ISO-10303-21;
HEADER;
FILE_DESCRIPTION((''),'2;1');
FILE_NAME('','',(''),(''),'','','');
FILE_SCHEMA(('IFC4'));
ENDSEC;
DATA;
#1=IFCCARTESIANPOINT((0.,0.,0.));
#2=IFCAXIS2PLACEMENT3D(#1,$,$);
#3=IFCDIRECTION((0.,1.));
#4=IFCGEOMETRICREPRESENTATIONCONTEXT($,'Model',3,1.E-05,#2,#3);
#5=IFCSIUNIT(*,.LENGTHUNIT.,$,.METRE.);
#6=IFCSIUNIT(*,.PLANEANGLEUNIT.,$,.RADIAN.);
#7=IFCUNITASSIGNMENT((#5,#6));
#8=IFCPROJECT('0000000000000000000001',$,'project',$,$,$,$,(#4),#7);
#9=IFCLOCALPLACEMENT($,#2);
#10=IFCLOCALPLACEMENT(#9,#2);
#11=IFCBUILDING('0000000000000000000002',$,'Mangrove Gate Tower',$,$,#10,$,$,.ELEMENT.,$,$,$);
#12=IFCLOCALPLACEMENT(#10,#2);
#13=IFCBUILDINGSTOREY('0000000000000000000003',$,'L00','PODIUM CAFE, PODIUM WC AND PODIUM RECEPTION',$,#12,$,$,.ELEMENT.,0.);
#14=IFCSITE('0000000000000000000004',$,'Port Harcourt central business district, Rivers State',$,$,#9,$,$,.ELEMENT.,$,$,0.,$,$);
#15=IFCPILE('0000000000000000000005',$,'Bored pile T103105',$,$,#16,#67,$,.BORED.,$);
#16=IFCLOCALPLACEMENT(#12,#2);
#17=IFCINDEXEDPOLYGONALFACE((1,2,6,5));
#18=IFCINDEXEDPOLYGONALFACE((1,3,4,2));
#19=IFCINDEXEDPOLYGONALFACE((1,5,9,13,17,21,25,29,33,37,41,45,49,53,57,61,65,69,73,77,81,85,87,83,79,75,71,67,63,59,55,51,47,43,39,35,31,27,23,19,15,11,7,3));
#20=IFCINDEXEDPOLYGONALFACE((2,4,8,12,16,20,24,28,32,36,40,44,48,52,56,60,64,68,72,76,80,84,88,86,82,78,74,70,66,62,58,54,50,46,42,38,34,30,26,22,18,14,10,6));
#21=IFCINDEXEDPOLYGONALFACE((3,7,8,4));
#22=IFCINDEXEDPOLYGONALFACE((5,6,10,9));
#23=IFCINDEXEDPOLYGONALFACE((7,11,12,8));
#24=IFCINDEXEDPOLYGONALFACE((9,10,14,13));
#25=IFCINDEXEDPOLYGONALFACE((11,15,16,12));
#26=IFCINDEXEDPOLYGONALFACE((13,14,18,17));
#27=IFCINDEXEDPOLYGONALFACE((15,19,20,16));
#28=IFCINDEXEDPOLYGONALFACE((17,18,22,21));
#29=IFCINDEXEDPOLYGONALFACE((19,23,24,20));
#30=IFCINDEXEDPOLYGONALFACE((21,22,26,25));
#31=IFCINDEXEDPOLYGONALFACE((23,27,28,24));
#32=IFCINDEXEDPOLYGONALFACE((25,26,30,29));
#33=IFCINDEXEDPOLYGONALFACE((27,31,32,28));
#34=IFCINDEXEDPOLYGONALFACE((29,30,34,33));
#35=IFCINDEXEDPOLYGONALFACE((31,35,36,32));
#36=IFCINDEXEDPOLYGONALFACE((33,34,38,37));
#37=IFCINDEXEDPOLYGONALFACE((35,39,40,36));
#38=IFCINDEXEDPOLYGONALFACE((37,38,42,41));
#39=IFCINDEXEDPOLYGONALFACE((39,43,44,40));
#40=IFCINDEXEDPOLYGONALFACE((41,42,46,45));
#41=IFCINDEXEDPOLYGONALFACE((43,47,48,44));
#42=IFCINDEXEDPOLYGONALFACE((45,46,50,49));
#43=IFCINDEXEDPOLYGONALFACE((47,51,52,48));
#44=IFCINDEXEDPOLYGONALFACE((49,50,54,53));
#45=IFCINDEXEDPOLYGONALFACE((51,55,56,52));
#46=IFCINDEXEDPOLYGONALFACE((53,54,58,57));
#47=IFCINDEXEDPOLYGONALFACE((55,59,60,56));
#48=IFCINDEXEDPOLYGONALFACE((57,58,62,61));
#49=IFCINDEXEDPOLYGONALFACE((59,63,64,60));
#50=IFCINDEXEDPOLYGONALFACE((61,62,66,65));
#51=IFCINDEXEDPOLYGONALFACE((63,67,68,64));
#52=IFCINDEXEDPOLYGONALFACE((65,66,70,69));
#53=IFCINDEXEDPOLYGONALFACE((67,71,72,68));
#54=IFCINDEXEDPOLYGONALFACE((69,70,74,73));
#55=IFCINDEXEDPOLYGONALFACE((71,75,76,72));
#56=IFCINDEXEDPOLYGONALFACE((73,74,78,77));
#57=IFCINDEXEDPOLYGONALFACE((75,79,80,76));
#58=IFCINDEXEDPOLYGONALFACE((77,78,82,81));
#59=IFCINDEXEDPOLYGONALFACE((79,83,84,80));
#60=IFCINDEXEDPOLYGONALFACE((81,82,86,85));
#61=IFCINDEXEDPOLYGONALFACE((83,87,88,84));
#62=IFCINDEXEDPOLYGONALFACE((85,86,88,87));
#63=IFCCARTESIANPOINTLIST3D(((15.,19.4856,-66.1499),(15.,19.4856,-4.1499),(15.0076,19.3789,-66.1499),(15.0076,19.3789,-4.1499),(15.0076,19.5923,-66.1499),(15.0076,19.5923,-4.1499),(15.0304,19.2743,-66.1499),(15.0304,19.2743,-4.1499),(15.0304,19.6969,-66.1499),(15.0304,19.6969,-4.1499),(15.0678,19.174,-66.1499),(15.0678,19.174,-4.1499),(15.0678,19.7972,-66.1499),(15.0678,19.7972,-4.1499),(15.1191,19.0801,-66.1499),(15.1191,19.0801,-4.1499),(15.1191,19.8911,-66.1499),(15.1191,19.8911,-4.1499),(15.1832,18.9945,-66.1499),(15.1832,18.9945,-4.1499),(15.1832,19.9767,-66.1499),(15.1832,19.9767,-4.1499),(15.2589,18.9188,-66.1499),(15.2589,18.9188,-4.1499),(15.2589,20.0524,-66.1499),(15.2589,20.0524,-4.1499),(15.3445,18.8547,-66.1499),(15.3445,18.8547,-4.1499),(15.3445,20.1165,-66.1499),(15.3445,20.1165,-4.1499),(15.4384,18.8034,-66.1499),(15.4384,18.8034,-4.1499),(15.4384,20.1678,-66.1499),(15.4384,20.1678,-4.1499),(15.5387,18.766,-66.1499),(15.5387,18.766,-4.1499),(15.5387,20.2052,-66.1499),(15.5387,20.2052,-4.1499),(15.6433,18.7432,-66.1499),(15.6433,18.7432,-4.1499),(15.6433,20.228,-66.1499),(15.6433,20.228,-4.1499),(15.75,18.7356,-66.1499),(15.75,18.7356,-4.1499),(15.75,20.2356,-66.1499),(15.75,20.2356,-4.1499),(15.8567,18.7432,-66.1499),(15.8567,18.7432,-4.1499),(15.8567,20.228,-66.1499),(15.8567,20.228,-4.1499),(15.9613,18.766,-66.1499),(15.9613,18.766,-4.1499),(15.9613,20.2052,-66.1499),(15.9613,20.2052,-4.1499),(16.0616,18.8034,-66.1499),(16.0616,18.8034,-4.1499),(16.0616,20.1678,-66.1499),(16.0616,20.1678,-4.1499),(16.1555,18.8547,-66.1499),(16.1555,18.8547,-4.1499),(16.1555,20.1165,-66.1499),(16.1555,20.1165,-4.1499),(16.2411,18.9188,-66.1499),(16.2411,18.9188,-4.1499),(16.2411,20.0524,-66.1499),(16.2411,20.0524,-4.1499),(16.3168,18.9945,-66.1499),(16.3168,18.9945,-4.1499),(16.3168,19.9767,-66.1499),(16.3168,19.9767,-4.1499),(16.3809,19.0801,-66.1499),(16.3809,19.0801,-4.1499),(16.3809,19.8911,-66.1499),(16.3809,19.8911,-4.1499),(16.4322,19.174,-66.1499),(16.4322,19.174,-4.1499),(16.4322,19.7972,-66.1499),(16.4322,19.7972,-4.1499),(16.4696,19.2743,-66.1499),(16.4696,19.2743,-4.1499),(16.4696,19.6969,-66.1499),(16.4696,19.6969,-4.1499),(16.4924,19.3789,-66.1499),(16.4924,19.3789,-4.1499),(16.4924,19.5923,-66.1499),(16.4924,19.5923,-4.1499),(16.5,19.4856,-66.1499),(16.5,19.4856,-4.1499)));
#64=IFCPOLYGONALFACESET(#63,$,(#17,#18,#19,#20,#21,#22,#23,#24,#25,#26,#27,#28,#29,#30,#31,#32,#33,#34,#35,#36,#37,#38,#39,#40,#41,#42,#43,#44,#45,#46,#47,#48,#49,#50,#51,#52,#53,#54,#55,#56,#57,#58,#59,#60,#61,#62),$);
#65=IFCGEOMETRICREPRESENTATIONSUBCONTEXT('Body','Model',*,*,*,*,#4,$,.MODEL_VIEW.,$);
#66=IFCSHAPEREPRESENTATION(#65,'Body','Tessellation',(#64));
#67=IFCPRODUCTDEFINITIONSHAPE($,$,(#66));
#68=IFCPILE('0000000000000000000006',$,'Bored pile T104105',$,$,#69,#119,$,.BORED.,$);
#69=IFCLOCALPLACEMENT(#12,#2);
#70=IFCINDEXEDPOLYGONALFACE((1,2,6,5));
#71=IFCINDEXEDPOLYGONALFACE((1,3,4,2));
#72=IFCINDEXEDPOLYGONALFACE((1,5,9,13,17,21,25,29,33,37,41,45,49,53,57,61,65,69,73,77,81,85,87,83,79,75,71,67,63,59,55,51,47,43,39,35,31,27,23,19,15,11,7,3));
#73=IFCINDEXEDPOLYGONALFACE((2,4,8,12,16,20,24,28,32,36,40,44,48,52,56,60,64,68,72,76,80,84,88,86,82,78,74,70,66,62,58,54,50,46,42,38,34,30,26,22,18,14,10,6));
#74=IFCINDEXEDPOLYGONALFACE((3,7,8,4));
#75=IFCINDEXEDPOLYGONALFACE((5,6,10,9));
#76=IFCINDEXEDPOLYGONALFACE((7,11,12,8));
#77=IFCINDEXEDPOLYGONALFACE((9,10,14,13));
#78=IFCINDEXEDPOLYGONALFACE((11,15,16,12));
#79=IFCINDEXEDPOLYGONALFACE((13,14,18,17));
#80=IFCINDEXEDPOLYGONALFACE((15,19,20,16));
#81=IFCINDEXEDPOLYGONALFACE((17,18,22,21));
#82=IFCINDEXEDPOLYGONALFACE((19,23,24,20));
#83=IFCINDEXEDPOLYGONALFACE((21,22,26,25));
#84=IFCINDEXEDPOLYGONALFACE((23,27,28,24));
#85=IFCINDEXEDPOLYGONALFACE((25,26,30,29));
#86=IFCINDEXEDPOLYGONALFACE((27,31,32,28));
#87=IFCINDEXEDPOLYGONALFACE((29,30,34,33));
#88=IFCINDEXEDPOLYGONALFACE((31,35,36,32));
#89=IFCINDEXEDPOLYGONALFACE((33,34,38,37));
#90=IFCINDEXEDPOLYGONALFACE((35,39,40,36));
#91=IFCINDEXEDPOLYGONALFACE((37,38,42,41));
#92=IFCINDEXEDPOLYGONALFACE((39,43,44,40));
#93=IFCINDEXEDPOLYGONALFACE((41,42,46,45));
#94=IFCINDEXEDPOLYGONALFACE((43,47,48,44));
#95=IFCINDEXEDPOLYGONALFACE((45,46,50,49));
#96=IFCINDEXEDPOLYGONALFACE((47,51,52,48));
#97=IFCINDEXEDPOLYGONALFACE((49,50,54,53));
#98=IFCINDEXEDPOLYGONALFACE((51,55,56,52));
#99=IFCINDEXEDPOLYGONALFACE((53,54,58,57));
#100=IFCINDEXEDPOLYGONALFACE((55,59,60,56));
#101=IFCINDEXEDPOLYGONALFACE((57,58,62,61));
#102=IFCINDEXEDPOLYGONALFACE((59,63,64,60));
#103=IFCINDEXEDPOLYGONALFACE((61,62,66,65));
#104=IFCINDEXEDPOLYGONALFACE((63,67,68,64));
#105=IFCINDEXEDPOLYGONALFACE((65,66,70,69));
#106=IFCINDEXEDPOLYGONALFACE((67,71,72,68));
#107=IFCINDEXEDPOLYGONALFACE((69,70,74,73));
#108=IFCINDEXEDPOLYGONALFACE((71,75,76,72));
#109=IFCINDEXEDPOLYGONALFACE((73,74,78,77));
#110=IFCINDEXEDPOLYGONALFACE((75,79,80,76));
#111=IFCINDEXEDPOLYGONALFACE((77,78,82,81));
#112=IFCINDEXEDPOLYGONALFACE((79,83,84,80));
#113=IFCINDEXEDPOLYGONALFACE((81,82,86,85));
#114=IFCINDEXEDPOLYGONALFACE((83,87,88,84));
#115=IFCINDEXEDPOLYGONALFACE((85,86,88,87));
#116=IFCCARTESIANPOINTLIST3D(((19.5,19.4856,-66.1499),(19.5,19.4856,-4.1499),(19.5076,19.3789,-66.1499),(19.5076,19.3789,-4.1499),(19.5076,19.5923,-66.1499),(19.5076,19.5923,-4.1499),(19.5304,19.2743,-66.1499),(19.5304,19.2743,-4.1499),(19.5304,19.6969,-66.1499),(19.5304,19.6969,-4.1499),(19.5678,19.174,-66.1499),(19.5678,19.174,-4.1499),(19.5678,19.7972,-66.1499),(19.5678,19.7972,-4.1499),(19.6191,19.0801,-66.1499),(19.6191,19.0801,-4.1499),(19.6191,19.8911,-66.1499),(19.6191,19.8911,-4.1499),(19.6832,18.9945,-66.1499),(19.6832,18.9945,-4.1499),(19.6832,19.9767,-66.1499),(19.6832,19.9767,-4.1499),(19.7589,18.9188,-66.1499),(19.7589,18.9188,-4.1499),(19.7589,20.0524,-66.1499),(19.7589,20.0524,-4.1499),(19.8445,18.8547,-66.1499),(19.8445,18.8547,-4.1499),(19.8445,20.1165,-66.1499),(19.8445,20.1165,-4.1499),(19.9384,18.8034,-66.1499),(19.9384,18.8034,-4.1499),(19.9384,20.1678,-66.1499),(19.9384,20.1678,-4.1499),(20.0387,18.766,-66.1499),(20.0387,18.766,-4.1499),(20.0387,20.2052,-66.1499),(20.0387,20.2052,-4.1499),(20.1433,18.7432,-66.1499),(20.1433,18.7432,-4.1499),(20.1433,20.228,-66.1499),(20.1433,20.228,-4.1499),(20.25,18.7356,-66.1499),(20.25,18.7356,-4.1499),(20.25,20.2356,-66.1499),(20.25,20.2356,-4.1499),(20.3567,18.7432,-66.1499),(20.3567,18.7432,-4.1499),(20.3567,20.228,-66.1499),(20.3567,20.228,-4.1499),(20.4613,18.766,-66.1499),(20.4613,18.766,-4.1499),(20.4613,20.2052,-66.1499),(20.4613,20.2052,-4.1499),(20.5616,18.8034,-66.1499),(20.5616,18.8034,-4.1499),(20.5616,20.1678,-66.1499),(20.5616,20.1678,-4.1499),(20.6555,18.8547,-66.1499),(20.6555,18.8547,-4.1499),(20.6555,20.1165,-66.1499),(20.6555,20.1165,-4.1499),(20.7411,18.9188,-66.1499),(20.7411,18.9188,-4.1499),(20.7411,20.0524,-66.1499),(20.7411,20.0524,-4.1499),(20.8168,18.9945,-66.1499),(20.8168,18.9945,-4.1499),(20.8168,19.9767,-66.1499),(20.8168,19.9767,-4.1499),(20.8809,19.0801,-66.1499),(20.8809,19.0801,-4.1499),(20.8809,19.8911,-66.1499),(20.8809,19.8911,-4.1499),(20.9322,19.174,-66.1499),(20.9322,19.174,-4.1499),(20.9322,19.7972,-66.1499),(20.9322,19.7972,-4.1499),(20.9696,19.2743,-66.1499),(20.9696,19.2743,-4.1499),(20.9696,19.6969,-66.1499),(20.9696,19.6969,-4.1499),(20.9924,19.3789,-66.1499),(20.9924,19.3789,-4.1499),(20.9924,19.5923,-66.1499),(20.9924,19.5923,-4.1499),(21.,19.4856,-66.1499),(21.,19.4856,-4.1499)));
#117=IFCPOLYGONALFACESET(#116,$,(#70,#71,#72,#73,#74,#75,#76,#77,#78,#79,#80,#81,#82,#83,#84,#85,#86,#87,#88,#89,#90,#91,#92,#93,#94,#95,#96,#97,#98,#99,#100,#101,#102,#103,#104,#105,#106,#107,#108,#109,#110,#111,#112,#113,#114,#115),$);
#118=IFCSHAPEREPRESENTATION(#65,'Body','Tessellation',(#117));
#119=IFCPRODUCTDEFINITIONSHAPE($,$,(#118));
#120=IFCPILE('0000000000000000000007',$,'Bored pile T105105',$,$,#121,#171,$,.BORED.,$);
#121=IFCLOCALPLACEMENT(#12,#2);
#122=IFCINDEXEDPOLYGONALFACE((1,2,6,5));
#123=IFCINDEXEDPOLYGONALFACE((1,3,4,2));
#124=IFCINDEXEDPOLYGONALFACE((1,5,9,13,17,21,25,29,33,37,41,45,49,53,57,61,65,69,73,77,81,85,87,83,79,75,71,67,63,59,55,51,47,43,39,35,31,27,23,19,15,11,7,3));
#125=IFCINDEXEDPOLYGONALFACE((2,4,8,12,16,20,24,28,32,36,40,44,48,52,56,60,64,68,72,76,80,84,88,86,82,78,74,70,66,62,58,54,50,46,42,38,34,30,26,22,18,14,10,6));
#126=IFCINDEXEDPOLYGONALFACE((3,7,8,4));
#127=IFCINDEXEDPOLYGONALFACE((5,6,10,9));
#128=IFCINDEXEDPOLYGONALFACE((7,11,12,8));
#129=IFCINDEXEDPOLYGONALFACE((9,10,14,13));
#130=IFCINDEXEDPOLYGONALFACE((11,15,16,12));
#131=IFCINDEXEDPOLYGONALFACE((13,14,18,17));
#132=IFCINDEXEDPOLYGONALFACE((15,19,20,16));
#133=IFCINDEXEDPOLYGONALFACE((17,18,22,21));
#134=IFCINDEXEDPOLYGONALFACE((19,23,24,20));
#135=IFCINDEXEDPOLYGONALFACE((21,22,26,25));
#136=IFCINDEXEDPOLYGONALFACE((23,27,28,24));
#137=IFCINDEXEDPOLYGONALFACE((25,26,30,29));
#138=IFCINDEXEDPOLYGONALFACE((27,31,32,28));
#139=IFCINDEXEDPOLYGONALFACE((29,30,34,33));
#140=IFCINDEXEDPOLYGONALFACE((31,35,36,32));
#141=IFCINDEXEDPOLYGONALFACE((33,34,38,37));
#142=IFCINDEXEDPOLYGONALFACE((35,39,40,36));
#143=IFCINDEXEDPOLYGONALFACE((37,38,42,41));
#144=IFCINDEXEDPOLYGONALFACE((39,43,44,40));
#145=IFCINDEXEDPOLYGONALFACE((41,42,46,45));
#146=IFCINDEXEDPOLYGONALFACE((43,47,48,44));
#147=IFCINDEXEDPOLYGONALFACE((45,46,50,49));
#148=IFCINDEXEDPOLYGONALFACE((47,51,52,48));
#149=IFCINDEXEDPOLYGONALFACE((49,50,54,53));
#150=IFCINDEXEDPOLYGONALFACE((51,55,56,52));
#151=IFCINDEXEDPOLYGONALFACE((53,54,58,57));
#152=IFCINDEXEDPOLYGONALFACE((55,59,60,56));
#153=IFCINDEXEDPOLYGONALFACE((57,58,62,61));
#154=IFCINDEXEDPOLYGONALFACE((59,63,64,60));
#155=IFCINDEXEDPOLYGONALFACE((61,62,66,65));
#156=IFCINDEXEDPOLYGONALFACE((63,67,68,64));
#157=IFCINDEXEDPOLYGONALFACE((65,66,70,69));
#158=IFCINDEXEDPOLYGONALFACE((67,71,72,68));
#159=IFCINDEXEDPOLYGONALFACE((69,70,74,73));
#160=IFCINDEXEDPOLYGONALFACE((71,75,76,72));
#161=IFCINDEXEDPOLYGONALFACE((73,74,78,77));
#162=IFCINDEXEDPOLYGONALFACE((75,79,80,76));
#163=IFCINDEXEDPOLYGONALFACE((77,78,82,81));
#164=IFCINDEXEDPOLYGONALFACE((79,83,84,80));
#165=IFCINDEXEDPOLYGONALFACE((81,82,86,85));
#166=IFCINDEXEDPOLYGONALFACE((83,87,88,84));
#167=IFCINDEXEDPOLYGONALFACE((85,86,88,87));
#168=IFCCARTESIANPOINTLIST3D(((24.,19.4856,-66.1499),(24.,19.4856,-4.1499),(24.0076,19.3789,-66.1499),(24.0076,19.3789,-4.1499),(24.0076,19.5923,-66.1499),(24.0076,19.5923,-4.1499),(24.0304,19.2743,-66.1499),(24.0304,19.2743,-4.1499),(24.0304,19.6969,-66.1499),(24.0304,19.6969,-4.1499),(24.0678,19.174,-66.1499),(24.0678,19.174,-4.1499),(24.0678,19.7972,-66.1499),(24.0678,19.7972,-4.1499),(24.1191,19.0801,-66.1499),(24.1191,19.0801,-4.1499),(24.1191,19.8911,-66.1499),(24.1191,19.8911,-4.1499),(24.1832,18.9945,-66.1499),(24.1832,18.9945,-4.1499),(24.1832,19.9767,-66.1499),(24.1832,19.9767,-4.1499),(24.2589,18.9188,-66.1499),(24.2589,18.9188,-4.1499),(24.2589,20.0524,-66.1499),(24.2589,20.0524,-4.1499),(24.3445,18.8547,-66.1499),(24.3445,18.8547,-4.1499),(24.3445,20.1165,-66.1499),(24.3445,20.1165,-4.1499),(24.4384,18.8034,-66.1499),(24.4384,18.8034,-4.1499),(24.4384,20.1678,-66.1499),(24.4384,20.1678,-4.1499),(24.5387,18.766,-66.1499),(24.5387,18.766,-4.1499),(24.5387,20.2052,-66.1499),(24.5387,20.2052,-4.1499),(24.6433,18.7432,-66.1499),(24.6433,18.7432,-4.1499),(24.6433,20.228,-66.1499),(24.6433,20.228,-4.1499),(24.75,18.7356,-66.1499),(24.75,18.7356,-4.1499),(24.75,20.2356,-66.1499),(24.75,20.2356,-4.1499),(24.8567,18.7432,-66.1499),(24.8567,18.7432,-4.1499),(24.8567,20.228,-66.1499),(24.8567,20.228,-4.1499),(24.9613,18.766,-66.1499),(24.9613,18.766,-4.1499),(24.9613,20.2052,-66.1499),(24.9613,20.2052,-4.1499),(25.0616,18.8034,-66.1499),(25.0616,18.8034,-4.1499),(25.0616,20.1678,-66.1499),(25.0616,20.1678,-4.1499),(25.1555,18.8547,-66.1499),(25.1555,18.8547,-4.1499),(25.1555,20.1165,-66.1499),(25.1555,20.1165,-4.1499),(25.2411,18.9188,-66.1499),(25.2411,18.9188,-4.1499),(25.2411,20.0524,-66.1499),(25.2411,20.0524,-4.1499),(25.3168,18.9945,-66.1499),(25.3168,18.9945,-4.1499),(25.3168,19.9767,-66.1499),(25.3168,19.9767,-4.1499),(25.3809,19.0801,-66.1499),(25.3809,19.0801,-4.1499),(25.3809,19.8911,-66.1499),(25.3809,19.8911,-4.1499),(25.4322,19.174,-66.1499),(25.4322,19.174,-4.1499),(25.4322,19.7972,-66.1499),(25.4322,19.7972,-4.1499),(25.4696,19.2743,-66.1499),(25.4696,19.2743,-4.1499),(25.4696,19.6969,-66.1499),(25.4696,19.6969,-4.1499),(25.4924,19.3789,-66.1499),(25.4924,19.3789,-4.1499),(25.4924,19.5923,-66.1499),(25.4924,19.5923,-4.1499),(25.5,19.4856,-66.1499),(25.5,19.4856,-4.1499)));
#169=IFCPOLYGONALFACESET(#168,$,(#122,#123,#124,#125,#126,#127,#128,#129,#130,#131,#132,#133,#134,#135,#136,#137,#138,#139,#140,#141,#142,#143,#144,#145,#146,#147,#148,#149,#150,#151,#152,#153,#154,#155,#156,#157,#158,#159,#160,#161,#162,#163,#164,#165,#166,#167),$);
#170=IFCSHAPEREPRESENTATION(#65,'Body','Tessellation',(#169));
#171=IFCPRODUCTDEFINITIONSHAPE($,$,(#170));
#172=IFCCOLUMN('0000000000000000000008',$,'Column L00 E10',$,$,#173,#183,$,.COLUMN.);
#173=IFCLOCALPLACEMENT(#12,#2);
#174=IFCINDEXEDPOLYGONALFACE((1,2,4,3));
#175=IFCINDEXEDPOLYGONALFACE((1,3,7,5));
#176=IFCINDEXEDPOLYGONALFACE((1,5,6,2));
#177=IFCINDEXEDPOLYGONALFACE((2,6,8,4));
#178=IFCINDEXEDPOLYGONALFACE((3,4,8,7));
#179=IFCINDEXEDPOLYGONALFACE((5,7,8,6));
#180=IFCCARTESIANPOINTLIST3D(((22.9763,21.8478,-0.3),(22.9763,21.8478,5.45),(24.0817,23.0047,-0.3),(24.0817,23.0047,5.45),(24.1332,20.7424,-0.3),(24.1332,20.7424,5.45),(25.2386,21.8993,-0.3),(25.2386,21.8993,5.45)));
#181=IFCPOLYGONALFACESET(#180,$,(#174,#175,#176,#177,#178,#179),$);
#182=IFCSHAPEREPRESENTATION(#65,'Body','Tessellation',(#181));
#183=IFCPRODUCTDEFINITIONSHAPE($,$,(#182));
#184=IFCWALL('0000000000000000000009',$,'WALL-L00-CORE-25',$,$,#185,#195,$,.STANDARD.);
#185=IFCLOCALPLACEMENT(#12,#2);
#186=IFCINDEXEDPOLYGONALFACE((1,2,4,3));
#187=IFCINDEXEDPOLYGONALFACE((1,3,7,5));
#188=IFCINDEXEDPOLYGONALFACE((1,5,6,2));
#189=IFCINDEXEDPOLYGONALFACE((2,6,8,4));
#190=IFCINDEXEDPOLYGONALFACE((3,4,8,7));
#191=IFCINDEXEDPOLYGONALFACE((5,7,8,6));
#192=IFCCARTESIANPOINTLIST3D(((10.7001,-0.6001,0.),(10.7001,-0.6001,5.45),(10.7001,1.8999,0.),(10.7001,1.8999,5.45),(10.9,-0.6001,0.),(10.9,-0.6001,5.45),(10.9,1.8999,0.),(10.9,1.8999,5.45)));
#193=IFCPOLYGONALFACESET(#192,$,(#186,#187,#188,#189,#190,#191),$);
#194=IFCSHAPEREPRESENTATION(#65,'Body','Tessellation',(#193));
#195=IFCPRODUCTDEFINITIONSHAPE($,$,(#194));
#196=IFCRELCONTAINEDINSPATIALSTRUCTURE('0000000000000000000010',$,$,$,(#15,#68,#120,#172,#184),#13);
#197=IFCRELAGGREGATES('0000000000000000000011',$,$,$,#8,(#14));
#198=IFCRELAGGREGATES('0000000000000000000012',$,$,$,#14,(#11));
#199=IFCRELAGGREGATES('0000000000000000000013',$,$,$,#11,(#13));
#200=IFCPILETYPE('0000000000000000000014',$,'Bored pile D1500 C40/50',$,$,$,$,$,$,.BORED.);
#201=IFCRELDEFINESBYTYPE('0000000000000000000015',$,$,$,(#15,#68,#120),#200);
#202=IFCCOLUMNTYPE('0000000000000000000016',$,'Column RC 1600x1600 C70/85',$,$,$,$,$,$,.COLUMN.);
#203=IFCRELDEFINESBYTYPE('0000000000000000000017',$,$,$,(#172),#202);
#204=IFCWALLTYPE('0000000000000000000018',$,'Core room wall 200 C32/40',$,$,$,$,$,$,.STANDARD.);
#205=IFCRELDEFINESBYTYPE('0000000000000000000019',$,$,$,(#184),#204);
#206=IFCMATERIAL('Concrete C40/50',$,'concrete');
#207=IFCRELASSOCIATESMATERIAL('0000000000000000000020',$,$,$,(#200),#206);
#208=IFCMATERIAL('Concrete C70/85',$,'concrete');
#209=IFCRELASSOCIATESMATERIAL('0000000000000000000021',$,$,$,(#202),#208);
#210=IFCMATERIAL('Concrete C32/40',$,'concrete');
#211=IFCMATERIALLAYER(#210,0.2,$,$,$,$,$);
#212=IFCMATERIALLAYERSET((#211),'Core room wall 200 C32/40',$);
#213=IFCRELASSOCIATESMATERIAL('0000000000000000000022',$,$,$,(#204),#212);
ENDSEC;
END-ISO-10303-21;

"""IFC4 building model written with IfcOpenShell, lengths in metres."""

from ifc_helpers import new_model, si_unit, direction, frame, frame_2d, origin, origin_2d, place, context, subcontext, project, spatial, rectangle, circle, extrude, material, layer, layer_set, material_profile, profile_set, type_object, element, save


model = new_model("IFC4")

# Units and contexts
model_context = context("Model", 3, precision=1e-05, world=origin(), true_north=direction((0.0, 1.0)))
body_context = subcontext(model_context, "Body", "Model", "MODEL_VIEW")
ifc_project = project(units=[si_unit("LENGTHUNIT", "METRE"), si_unit("PLANEANGLEUNIT", "RADIAN")], contexts=[model_context])

# Site, building, storey
site_placement = place(None, origin())
site = spatial("IfcSite", under=ifc_project, at=site_placement, Name="Port Harcourt central business district, Rivers State", CompositionType="ELEMENT", RefElevation=0.0)
building_placement = place(site_placement, origin())
building = spatial("IfcBuilding", under=site, at=building_placement, Name="Mangrove Gate Tower", CompositionType="ELEMENT")
storey_placement = place(building_placement, origin())
storey = spatial("IfcBuildingStorey", under=building, at=storey_placement, Name="L00", Description="PODIUM CAFE, PODIUM WC AND PODIUM RECEPTION", CompositionType="ELEMENT", Elevation=0.0)

# Piles
ifc_material_1 = material(Name="Concrete C40/50", Category="concrete")
ifc_material_profile_1 = material_profile(ifc_material_1, circle(Radius=0.75, at=origin_2d()))
ifc_profile_set_1 = profile_set([ifc_material_profile_1], Name="Concrete C40/50")
pile_type = type_object("IfcPileType", Name="Bored pile D1500 C40/50", PredefinedType="BORED", material=ifc_profile_set_1)
for number, where, z_axis, x_axis, name in (
    (1, (15.75, 19.4856, -4.1499), (0.0, 0.0, -1.0), (1.0, 0.0, 0.0), "Bored pile T103105"),
    (2, (20.25, 19.4856, -4.1499), (0.0, 0.0, -1.0), (1.0, 0.0, 0.0), "Bored pile T104105"),
    (3, (24.75, 19.4856, -4.1499), (0.0, 0.0, -1.0), (1.0, 0.0, 0.0), "Bored pile T105105"),
):
    element("IfcPile", number, at=place(storey_placement, frame(where, z_axis=z_axis, x_axis=x_axis)), inside=storey, type_object=pile_type, Name=name, PredefinedType="BORED", context=body_context, shape_type="SweptSolid", body=[
        extrude(circle(Radius=0.75, at=origin_2d()), origin(), (0.0, 0.0, 1.0), 62.0),
    ])

# Column
ifc_material_2 = material(Name="Concrete C70/85", Category="concrete")
ifc_material_profile_2 = material_profile(ifc_material_2, rectangle(XDim=1.6001, YDim=1.6001, at=origin_2d()))
ifc_profile_set_2 = profile_set([ifc_material_profile_2], Name="Concrete C70/85")
column_type = type_object("IfcColumnType", Name="Column RC 1600x1600 C70/85", PredefinedType="COLUMN", material=ifc_profile_set_2)
column_placement = place(storey_placement, frame((24.1074, 21.8735, -0.3), z_axis=(0.0, 0.0, 1.0), x_axis=(-0.72301, 0.690837, 0.0)))
element("IfcColumn", 4, at=column_placement, inside=storey, type_object=column_type, Name="Column L00 E10", PredefinedType="COLUMN", context=body_context, shape_type="SweptSolid", body=[
    extrude(rectangle(XDim=1.6001, YDim=1.6001, at=origin_2d()), origin(), (0.0, 0.0, 1.0), 5.75),
])

# Wall
ifc_material_3 = material(Name="Concrete C32/40", Category="concrete")
ifc_layer_1 = layer(ifc_material_3, 0.2)
ifc_layer_set_1 = layer_set([ifc_layer_1], Name="Core room wall 200 C32/40")
wall_type_1 = type_object("IfcWallType", Name="Core room wall 200 C32/40", PredefinedType="STANDARD", material=ifc_layer_set_1)
wall_1_placement = place(storey_placement, frame((10.8, -0.6001, 0.0), z_axis=(0.0, 0.0, 1.0), x_axis=(0.0, 1.0, 0.0)))
element("IfcWall", 5, at=wall_1_placement, inside=storey, type_object=wall_type_1, Name="WALL-L00-CORE-25", PredefinedType="STANDARD", context=body_context, shape_type="SweptSolid", body=[
    extrude(rectangle(XDim=2.5, YDim=0.2, at=frame_2d((1.25, 0.0))), origin(), (0.0, 0.0, 1.0), 5.45),
])

save(model, "model.ifc")
